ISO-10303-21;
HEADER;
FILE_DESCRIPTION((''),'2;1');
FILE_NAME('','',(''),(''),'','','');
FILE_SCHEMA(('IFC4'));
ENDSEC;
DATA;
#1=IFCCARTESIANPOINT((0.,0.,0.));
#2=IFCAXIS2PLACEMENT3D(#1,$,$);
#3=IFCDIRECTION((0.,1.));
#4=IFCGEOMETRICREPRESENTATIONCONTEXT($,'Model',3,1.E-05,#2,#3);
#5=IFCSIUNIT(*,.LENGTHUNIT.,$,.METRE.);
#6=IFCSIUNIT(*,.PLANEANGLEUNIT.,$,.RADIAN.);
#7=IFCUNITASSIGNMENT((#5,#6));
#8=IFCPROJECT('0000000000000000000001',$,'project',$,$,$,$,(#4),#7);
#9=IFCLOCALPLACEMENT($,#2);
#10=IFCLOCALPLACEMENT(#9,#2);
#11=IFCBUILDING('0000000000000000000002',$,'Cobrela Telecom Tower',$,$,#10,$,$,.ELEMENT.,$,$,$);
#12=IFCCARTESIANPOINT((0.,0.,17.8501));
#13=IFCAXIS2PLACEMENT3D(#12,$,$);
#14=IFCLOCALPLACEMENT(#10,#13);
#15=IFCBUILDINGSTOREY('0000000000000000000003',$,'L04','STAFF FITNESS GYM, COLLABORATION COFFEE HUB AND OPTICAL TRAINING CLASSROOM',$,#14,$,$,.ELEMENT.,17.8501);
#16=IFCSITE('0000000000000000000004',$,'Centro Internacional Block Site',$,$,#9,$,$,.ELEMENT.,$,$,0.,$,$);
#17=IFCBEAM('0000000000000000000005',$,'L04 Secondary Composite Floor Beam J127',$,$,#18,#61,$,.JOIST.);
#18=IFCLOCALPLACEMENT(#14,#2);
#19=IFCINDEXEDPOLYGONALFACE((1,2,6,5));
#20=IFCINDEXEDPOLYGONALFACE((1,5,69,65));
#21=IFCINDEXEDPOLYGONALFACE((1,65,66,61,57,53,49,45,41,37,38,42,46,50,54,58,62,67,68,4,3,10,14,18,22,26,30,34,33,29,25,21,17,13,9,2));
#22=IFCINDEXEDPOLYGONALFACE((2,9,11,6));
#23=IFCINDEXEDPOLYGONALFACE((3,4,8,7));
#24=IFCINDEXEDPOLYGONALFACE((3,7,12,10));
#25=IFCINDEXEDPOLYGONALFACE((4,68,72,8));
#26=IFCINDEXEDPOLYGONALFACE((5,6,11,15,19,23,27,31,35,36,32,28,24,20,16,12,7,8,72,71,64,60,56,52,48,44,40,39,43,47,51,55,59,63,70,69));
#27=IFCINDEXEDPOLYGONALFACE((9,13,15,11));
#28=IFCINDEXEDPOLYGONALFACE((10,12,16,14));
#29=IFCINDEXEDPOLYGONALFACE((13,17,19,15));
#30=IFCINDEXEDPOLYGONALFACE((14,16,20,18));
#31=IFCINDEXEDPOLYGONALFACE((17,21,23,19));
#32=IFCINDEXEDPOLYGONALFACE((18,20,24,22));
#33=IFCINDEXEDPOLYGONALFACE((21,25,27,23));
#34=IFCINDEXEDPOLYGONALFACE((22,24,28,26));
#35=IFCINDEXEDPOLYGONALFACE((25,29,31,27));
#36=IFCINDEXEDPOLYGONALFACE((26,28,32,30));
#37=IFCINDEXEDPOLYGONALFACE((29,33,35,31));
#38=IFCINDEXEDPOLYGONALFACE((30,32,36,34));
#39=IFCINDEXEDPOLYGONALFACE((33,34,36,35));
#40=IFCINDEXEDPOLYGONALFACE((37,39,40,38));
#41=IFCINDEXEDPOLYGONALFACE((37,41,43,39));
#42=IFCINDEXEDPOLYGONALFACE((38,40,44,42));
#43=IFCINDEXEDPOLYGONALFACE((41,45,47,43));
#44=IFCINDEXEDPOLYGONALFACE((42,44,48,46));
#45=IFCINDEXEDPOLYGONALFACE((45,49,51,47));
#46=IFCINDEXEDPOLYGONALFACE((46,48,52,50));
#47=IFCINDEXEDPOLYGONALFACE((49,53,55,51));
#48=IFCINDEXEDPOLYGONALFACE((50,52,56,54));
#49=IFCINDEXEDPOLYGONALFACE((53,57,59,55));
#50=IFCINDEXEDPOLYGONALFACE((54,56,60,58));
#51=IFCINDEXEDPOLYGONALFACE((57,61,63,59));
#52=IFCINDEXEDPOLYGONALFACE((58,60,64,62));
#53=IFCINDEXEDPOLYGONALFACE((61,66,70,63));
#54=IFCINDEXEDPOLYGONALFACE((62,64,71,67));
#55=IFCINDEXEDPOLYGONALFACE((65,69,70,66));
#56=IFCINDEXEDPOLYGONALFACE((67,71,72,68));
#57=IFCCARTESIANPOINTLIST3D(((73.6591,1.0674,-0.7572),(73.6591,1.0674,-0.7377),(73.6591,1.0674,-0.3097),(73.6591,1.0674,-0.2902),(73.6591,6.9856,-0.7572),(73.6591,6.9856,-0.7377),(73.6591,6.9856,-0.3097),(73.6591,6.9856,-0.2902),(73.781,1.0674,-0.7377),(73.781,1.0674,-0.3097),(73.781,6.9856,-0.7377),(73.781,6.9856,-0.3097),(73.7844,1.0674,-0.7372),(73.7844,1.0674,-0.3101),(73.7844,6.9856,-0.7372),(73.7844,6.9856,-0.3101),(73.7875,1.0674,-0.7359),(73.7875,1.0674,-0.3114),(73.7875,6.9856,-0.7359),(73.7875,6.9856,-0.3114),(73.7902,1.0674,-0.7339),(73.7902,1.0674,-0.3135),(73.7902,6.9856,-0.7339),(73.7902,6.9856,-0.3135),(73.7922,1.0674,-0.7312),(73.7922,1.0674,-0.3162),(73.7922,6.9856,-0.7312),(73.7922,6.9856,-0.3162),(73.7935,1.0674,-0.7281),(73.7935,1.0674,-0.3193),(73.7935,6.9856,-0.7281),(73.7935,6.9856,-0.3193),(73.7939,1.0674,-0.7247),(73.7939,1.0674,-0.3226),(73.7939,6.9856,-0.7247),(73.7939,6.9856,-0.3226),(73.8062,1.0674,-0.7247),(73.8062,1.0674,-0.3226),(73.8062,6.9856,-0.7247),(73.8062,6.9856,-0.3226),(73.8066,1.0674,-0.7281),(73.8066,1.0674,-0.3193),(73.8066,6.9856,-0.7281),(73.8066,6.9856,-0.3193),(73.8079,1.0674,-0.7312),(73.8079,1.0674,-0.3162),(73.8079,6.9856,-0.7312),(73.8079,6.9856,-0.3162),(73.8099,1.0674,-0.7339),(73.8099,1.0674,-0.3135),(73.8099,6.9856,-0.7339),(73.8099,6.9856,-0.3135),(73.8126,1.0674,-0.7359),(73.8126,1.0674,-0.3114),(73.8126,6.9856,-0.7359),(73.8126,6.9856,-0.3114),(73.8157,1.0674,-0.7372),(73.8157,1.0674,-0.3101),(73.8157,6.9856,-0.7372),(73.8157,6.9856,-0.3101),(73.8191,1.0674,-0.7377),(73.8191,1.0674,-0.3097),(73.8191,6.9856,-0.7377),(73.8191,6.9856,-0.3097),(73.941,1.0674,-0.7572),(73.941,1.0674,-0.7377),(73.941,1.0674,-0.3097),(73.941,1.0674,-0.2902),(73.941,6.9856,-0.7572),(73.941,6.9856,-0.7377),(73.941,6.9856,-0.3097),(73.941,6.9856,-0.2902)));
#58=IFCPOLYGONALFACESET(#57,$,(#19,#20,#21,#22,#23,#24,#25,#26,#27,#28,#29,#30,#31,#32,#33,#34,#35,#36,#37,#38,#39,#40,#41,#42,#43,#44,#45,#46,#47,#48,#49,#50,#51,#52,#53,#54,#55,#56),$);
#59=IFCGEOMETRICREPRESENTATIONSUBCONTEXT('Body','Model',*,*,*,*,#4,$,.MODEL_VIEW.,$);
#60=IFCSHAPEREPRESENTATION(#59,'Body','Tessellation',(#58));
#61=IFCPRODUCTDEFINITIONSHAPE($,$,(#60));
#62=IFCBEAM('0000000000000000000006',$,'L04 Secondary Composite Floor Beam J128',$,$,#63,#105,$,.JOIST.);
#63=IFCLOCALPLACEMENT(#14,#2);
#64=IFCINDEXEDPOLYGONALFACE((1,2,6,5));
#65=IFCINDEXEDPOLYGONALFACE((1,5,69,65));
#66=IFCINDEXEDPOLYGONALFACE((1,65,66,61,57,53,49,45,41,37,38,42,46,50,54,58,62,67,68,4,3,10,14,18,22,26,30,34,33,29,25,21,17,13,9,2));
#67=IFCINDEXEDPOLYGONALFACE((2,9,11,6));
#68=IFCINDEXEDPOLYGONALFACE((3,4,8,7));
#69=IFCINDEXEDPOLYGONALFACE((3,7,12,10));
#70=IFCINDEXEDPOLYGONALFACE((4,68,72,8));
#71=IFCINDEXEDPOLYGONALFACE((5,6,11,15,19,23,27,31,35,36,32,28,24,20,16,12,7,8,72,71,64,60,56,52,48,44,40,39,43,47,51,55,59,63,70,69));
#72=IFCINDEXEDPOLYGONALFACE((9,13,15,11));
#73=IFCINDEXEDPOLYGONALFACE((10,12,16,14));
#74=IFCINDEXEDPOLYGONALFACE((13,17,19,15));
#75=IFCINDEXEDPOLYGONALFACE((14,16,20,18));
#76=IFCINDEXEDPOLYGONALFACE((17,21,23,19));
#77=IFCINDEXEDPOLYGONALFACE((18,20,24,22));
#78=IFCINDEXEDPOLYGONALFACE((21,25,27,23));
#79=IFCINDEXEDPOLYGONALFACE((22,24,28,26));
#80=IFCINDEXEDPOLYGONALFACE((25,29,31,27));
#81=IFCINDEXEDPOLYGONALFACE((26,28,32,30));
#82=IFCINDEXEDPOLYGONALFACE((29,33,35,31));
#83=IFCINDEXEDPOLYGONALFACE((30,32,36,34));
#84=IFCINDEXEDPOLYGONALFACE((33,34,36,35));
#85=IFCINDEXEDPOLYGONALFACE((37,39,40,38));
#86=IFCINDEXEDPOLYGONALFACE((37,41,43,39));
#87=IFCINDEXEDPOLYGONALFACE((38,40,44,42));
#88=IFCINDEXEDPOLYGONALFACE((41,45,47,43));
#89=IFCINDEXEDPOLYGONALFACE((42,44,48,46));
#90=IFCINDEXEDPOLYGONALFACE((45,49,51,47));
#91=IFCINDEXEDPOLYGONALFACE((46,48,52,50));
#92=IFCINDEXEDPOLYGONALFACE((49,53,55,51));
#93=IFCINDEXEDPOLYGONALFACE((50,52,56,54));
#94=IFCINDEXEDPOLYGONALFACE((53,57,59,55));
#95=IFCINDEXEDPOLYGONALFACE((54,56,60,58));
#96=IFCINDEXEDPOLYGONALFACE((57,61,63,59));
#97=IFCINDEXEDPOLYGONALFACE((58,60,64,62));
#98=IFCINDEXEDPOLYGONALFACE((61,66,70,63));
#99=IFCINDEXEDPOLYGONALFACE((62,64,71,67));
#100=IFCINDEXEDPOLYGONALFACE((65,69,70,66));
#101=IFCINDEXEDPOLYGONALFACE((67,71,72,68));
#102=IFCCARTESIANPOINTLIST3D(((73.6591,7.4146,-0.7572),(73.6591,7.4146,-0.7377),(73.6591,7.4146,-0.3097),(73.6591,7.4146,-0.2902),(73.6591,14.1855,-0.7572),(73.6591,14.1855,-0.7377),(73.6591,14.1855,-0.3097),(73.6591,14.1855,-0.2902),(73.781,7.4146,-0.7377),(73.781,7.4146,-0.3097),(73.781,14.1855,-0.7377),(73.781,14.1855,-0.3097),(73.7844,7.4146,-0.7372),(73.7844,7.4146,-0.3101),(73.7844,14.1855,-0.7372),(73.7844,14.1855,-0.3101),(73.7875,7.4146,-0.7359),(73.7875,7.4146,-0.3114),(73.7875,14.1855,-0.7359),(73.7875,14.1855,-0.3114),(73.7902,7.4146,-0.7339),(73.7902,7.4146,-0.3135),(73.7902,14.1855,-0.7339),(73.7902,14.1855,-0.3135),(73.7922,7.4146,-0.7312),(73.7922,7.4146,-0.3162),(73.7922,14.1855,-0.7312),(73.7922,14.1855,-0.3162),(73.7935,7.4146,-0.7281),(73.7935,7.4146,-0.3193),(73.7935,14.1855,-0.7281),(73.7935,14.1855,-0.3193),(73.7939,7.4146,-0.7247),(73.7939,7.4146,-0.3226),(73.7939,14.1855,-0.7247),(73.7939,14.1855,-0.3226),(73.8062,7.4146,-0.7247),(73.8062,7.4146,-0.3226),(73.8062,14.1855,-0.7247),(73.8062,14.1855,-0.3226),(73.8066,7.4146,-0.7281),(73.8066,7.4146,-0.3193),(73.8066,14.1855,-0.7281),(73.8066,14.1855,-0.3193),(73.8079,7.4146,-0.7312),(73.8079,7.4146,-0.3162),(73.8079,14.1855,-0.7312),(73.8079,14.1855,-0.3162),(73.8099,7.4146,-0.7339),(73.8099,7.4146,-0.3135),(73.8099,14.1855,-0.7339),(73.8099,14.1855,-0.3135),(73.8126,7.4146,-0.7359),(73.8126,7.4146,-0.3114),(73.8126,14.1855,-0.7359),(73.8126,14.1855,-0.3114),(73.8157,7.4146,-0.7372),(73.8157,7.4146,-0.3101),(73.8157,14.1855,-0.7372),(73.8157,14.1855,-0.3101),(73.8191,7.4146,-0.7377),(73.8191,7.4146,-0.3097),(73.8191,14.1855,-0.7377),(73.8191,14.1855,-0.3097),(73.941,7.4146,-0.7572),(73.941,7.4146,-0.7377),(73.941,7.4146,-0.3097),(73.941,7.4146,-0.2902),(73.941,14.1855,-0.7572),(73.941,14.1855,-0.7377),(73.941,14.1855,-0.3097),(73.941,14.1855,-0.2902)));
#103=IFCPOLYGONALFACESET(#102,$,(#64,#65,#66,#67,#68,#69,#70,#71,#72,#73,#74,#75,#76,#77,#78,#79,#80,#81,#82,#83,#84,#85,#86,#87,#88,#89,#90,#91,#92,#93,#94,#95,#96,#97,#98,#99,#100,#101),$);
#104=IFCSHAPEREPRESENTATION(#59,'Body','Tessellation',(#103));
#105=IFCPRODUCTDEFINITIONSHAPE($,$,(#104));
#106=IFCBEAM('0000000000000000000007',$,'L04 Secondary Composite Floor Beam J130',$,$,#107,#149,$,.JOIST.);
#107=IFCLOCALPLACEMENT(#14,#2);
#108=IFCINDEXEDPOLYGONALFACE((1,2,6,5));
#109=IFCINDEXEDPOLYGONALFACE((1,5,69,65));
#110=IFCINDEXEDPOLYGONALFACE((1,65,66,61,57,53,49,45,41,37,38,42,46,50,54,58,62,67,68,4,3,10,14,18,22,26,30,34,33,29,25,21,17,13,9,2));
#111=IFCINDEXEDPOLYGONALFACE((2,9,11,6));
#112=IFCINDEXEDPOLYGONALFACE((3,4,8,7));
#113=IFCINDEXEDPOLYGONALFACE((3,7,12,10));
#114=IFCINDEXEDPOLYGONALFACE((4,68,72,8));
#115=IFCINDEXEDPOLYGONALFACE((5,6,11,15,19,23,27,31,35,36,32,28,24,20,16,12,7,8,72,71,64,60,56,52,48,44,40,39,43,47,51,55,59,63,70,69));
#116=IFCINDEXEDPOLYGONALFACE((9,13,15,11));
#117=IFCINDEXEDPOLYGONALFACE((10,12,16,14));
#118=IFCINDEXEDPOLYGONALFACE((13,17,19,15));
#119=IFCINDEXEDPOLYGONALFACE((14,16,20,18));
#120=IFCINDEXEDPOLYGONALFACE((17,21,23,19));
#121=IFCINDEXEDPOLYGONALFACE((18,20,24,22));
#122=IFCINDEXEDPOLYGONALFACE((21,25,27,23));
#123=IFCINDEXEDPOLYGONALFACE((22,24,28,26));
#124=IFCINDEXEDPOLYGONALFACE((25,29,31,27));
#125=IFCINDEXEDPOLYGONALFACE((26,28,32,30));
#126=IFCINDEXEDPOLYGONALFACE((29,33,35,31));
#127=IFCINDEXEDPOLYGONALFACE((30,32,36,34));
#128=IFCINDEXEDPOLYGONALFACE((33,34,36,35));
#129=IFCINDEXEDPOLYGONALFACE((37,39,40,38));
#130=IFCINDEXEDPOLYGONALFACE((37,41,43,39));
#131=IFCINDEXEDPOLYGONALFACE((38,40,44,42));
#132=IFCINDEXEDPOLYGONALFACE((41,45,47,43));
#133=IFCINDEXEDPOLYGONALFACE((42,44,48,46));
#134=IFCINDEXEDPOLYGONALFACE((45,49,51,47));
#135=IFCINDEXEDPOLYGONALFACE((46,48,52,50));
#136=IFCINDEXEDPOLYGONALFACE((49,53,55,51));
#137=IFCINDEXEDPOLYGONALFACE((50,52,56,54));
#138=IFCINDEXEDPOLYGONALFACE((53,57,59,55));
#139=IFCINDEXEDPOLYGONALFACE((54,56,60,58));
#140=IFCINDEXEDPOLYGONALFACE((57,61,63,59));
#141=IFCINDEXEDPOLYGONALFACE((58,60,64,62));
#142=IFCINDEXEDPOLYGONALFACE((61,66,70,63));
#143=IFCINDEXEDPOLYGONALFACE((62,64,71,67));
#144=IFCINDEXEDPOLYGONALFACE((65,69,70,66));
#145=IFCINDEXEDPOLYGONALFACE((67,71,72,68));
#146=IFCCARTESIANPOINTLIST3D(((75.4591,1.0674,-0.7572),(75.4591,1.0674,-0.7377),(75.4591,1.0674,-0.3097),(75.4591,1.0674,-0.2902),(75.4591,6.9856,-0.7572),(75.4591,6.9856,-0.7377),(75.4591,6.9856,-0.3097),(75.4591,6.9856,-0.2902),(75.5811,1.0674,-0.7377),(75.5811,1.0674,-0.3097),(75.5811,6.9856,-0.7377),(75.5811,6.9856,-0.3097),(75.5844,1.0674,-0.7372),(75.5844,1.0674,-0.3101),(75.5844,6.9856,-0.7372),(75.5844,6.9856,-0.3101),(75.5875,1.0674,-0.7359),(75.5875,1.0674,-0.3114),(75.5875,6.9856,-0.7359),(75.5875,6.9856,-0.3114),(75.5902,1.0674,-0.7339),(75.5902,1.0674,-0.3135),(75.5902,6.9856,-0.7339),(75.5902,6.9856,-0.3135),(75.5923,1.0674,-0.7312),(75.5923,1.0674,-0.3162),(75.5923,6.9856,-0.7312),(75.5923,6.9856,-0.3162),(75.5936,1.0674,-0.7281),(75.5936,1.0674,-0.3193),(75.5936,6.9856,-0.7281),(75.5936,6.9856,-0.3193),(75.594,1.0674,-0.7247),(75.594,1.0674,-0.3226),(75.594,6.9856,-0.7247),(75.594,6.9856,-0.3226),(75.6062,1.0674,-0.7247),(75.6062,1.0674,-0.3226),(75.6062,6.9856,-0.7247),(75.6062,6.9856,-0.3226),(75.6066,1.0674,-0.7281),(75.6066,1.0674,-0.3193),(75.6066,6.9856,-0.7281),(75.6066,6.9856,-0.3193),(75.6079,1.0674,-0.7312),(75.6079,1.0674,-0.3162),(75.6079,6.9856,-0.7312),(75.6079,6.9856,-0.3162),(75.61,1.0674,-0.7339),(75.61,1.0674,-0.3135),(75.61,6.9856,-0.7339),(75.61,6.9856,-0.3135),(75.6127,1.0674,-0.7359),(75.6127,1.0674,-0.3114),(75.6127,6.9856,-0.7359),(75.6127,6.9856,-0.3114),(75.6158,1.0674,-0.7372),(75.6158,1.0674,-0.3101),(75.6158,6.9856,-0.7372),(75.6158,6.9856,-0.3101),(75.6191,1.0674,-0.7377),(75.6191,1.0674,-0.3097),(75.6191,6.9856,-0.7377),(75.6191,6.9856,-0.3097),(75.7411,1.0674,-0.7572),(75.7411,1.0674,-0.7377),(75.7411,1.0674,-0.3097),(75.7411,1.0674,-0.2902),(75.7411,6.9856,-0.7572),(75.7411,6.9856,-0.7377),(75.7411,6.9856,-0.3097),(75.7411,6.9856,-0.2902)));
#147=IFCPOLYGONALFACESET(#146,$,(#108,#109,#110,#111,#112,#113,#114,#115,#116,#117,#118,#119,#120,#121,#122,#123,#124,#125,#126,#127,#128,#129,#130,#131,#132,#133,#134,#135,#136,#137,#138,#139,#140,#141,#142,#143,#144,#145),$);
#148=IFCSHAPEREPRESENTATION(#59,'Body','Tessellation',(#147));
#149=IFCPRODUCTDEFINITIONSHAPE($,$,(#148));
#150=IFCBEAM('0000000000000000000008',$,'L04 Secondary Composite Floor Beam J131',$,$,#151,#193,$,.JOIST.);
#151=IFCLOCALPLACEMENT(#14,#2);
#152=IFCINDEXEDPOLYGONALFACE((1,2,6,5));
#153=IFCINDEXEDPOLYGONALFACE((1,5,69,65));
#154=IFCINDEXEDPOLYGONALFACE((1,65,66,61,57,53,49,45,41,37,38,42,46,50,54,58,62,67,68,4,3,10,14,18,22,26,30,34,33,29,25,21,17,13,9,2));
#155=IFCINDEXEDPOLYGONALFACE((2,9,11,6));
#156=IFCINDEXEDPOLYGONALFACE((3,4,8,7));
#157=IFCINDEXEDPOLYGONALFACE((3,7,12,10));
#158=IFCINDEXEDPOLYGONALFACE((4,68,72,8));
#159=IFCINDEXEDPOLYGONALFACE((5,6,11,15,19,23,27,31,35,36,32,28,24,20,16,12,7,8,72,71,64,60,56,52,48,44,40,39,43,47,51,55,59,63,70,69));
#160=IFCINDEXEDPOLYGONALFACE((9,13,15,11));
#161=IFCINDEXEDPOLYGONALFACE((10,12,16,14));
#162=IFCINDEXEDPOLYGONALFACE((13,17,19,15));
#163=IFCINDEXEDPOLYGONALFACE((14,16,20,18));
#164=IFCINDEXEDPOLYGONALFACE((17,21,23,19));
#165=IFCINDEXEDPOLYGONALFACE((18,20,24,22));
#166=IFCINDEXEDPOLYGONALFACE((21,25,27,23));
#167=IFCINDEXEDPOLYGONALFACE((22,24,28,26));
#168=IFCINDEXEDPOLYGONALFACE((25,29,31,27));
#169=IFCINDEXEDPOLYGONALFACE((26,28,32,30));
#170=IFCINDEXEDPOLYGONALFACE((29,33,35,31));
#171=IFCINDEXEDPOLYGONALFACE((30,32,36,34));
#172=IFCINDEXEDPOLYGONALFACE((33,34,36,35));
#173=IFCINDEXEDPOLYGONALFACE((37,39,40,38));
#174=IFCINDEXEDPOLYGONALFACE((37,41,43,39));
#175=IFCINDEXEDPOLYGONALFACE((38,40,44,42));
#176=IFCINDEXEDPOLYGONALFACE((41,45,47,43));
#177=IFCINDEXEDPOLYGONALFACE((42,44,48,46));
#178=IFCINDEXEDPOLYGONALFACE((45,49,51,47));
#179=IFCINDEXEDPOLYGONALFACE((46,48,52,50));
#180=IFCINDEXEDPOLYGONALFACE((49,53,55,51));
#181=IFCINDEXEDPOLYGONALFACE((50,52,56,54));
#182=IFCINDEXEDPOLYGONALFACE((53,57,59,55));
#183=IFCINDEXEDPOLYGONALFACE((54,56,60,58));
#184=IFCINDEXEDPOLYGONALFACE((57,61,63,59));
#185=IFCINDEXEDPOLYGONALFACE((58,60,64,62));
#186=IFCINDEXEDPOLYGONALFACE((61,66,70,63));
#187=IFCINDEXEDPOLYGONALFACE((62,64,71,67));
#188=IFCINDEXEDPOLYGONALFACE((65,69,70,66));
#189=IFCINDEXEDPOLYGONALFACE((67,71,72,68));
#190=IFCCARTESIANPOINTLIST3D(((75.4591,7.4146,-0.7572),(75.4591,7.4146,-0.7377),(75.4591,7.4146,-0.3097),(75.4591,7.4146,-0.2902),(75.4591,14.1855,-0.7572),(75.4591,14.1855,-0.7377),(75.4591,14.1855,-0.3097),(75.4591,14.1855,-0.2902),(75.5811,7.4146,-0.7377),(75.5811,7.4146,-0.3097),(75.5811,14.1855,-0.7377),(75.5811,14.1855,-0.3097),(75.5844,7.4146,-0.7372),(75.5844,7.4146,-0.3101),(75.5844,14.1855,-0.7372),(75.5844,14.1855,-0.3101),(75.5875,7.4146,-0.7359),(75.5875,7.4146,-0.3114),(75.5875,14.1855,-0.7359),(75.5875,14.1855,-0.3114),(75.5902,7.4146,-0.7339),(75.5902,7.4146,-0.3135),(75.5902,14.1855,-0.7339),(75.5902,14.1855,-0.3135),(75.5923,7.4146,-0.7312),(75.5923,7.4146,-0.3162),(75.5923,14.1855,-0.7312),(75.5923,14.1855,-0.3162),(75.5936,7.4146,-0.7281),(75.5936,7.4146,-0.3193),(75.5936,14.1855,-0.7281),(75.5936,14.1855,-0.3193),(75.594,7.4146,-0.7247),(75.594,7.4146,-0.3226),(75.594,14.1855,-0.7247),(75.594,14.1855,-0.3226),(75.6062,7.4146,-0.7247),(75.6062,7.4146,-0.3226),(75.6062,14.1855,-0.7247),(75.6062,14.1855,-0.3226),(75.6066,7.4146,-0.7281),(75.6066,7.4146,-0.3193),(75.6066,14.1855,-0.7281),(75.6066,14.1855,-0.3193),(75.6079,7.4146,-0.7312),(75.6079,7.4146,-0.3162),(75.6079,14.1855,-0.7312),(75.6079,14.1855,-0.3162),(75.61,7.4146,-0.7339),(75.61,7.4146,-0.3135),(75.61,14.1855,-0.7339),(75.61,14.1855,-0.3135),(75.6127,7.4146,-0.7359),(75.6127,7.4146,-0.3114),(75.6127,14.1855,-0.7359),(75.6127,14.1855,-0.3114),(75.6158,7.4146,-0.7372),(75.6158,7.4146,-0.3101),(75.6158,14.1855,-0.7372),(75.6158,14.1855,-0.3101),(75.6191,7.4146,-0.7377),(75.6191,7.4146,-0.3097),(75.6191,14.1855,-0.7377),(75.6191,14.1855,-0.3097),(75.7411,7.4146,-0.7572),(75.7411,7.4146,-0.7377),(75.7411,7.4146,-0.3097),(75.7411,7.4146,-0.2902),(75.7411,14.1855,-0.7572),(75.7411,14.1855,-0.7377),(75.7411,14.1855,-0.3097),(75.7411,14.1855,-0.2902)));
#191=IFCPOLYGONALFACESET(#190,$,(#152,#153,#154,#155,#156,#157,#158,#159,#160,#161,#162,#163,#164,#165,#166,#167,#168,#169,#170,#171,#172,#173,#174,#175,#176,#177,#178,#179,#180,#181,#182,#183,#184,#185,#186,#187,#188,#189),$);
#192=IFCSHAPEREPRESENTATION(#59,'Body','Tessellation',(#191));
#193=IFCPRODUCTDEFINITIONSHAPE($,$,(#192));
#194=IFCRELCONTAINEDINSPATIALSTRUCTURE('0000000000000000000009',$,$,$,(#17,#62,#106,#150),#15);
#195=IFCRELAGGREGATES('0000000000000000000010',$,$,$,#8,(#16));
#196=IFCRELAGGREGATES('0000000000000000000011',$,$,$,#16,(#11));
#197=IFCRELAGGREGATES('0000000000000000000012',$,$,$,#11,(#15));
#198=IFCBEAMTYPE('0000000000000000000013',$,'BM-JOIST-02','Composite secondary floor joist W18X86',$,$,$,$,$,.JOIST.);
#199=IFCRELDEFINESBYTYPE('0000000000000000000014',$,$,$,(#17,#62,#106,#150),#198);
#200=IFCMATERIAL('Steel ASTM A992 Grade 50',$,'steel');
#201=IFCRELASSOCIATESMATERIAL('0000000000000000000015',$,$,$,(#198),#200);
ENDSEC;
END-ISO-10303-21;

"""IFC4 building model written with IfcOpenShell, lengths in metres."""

from ifc_helpers import new_model, si_unit, direction, frame, origin, origin_2d, place, context, subcontext, project, spatial, i_section, extrude, material, material_profile, profile_set, type_object, element, save


model = new_model("IFC4")

# Units and contexts
model_context = context("Model", 3, precision=1e-05, world=origin(), true_north=direction((0.0, 1.0)))
body_context = subcontext(model_context, "Body", "Model", "MODEL_VIEW")
ifc_project = project(units=[si_unit("LENGTHUNIT", "METRE"), si_unit("PLANEANGLEUNIT", "RADIAN")], contexts=[model_context])

# Site, building, storey
site_placement = place(None, origin())
site = spatial("IfcSite", under=ifc_project, at=site_placement, Name="Centro Internacional Block Site", CompositionType="ELEMENT", RefElevation=0.0)
building_placement = place(site_placement, origin())
building = spatial("IfcBuilding", under=site, at=building_placement, Name="Cobrela Telecom Tower", CompositionType="ELEMENT")
storey_placement = place(building_placement, frame((0.0, 0.0, 17.8501)))
storey = spatial("IfcBuildingStorey", under=building, at=storey_placement, Name="L04", Description="STAFF FITNESS GYM, COLLABORATION COFFEE HUB AND OPTICAL TRAINING CLASSROOM", CompositionType="ELEMENT", Elevation=17.8501)

# Beams
ifc_material_1 = material(Name="Steel ASTM A992 Grade 50", Category="steel")
ifc_material_profile_1 = material_profile(ifc_material_1, i_section(OverallWidth=0.282, OverallDepth=0.467, WebThickness=0.0122, FlangeThickness=0.0195, FilletRadius=0.0129, at=origin_2d()), Name="W18X86")
ifc_profile_set_1 = profile_set([ifc_material_profile_1], Name="Steel ASTM A992 Grade 50")
beam_type_1 = type_object("IfcBeamType", Name="BM-JOIST-02", Description="Composite secondary floor joist W18X86", PredefinedType="JOIST", material=ifc_profile_set_1)
beam_1_placement = place(storey_placement, frame((73.8, 1.0674, -0.5237), z_axis=(0.0, 1.0, 0.0), x_axis=(-1.0, 0.0, 0.0)))
element("IfcBeam", 1, at=beam_1_placement, inside=storey, type_object=beam_type_1, Name="L04 Secondary Composite Floor Beam J127", PredefinedType="JOIST", context=body_context, shape_type="SweptSolid", body=[
    extrude(i_section(OverallWidth=0.282, OverallDepth=0.467, WebThickness=0.0122, FlangeThickness=0.0195, FilletRadius=0.0129, at=origin_2d()), origin(), (0.0, 0.0, 1.0), 5.9182),
])
beam_2_placement = place(storey_placement, frame((73.8, 7.4146, -0.5237), z_axis=(0.0, 1.0, 0.0), x_axis=(-1.0, 0.0, 0.0)))
element("IfcBeam", 2, at=beam_2_placement, inside=storey, type_object=beam_type_1, Name="L04 Secondary Composite Floor Beam J128", PredefinedType="JOIST", context=body_context, shape_type="SweptSolid", body=[
    extrude(i_section(OverallWidth=0.282, OverallDepth=0.467, WebThickness=0.0122, FlangeThickness=0.0195, FilletRadius=0.0129, at=origin_2d()), origin(), (0.0, 0.0, 1.0), 6.771),
])
beam_3_placement = place(storey_placement, frame((75.6001, 1.0674, -0.5237), z_axis=(0.0, 1.0, 0.0), x_axis=(-1.0, 0.0, 0.0)))
element("IfcBeam", 3, at=beam_3_placement, inside=storey, type_object=beam_type_1, Name="L04 Secondary Composite Floor Beam J130", PredefinedType="JOIST", context=body_context, shape_type="SweptSolid", body=[
    extrude(i_section(OverallWidth=0.282, OverallDepth=0.467, WebThickness=0.0122, FlangeThickness=0.0195, FilletRadius=0.0129, at=origin_2d()), origin(), (0.0, 0.0, 1.0), 5.9182),
])
beam_4_placement = place(storey_placement, frame((75.6001, 7.4146, -0.5237), z_axis=(0.0, 1.0, 0.0), x_axis=(-1.0, 0.0, 0.0)))
element("IfcBeam", 4, at=beam_4_placement, inside=storey, type_object=beam_type_1, Name="L04 Secondary Composite Floor Beam J131", PredefinedType="JOIST", context=body_context, shape_type="SweptSolid", body=[
    extrude(i_section(OverallWidth=0.282, OverallDepth=0.467, WebThickness=0.0122, FlangeThickness=0.0195, FilletRadius=0.0129, at=origin_2d()), origin(), (0.0, 0.0, 1.0), 6.771),
])

save(model, "model.ifc")
